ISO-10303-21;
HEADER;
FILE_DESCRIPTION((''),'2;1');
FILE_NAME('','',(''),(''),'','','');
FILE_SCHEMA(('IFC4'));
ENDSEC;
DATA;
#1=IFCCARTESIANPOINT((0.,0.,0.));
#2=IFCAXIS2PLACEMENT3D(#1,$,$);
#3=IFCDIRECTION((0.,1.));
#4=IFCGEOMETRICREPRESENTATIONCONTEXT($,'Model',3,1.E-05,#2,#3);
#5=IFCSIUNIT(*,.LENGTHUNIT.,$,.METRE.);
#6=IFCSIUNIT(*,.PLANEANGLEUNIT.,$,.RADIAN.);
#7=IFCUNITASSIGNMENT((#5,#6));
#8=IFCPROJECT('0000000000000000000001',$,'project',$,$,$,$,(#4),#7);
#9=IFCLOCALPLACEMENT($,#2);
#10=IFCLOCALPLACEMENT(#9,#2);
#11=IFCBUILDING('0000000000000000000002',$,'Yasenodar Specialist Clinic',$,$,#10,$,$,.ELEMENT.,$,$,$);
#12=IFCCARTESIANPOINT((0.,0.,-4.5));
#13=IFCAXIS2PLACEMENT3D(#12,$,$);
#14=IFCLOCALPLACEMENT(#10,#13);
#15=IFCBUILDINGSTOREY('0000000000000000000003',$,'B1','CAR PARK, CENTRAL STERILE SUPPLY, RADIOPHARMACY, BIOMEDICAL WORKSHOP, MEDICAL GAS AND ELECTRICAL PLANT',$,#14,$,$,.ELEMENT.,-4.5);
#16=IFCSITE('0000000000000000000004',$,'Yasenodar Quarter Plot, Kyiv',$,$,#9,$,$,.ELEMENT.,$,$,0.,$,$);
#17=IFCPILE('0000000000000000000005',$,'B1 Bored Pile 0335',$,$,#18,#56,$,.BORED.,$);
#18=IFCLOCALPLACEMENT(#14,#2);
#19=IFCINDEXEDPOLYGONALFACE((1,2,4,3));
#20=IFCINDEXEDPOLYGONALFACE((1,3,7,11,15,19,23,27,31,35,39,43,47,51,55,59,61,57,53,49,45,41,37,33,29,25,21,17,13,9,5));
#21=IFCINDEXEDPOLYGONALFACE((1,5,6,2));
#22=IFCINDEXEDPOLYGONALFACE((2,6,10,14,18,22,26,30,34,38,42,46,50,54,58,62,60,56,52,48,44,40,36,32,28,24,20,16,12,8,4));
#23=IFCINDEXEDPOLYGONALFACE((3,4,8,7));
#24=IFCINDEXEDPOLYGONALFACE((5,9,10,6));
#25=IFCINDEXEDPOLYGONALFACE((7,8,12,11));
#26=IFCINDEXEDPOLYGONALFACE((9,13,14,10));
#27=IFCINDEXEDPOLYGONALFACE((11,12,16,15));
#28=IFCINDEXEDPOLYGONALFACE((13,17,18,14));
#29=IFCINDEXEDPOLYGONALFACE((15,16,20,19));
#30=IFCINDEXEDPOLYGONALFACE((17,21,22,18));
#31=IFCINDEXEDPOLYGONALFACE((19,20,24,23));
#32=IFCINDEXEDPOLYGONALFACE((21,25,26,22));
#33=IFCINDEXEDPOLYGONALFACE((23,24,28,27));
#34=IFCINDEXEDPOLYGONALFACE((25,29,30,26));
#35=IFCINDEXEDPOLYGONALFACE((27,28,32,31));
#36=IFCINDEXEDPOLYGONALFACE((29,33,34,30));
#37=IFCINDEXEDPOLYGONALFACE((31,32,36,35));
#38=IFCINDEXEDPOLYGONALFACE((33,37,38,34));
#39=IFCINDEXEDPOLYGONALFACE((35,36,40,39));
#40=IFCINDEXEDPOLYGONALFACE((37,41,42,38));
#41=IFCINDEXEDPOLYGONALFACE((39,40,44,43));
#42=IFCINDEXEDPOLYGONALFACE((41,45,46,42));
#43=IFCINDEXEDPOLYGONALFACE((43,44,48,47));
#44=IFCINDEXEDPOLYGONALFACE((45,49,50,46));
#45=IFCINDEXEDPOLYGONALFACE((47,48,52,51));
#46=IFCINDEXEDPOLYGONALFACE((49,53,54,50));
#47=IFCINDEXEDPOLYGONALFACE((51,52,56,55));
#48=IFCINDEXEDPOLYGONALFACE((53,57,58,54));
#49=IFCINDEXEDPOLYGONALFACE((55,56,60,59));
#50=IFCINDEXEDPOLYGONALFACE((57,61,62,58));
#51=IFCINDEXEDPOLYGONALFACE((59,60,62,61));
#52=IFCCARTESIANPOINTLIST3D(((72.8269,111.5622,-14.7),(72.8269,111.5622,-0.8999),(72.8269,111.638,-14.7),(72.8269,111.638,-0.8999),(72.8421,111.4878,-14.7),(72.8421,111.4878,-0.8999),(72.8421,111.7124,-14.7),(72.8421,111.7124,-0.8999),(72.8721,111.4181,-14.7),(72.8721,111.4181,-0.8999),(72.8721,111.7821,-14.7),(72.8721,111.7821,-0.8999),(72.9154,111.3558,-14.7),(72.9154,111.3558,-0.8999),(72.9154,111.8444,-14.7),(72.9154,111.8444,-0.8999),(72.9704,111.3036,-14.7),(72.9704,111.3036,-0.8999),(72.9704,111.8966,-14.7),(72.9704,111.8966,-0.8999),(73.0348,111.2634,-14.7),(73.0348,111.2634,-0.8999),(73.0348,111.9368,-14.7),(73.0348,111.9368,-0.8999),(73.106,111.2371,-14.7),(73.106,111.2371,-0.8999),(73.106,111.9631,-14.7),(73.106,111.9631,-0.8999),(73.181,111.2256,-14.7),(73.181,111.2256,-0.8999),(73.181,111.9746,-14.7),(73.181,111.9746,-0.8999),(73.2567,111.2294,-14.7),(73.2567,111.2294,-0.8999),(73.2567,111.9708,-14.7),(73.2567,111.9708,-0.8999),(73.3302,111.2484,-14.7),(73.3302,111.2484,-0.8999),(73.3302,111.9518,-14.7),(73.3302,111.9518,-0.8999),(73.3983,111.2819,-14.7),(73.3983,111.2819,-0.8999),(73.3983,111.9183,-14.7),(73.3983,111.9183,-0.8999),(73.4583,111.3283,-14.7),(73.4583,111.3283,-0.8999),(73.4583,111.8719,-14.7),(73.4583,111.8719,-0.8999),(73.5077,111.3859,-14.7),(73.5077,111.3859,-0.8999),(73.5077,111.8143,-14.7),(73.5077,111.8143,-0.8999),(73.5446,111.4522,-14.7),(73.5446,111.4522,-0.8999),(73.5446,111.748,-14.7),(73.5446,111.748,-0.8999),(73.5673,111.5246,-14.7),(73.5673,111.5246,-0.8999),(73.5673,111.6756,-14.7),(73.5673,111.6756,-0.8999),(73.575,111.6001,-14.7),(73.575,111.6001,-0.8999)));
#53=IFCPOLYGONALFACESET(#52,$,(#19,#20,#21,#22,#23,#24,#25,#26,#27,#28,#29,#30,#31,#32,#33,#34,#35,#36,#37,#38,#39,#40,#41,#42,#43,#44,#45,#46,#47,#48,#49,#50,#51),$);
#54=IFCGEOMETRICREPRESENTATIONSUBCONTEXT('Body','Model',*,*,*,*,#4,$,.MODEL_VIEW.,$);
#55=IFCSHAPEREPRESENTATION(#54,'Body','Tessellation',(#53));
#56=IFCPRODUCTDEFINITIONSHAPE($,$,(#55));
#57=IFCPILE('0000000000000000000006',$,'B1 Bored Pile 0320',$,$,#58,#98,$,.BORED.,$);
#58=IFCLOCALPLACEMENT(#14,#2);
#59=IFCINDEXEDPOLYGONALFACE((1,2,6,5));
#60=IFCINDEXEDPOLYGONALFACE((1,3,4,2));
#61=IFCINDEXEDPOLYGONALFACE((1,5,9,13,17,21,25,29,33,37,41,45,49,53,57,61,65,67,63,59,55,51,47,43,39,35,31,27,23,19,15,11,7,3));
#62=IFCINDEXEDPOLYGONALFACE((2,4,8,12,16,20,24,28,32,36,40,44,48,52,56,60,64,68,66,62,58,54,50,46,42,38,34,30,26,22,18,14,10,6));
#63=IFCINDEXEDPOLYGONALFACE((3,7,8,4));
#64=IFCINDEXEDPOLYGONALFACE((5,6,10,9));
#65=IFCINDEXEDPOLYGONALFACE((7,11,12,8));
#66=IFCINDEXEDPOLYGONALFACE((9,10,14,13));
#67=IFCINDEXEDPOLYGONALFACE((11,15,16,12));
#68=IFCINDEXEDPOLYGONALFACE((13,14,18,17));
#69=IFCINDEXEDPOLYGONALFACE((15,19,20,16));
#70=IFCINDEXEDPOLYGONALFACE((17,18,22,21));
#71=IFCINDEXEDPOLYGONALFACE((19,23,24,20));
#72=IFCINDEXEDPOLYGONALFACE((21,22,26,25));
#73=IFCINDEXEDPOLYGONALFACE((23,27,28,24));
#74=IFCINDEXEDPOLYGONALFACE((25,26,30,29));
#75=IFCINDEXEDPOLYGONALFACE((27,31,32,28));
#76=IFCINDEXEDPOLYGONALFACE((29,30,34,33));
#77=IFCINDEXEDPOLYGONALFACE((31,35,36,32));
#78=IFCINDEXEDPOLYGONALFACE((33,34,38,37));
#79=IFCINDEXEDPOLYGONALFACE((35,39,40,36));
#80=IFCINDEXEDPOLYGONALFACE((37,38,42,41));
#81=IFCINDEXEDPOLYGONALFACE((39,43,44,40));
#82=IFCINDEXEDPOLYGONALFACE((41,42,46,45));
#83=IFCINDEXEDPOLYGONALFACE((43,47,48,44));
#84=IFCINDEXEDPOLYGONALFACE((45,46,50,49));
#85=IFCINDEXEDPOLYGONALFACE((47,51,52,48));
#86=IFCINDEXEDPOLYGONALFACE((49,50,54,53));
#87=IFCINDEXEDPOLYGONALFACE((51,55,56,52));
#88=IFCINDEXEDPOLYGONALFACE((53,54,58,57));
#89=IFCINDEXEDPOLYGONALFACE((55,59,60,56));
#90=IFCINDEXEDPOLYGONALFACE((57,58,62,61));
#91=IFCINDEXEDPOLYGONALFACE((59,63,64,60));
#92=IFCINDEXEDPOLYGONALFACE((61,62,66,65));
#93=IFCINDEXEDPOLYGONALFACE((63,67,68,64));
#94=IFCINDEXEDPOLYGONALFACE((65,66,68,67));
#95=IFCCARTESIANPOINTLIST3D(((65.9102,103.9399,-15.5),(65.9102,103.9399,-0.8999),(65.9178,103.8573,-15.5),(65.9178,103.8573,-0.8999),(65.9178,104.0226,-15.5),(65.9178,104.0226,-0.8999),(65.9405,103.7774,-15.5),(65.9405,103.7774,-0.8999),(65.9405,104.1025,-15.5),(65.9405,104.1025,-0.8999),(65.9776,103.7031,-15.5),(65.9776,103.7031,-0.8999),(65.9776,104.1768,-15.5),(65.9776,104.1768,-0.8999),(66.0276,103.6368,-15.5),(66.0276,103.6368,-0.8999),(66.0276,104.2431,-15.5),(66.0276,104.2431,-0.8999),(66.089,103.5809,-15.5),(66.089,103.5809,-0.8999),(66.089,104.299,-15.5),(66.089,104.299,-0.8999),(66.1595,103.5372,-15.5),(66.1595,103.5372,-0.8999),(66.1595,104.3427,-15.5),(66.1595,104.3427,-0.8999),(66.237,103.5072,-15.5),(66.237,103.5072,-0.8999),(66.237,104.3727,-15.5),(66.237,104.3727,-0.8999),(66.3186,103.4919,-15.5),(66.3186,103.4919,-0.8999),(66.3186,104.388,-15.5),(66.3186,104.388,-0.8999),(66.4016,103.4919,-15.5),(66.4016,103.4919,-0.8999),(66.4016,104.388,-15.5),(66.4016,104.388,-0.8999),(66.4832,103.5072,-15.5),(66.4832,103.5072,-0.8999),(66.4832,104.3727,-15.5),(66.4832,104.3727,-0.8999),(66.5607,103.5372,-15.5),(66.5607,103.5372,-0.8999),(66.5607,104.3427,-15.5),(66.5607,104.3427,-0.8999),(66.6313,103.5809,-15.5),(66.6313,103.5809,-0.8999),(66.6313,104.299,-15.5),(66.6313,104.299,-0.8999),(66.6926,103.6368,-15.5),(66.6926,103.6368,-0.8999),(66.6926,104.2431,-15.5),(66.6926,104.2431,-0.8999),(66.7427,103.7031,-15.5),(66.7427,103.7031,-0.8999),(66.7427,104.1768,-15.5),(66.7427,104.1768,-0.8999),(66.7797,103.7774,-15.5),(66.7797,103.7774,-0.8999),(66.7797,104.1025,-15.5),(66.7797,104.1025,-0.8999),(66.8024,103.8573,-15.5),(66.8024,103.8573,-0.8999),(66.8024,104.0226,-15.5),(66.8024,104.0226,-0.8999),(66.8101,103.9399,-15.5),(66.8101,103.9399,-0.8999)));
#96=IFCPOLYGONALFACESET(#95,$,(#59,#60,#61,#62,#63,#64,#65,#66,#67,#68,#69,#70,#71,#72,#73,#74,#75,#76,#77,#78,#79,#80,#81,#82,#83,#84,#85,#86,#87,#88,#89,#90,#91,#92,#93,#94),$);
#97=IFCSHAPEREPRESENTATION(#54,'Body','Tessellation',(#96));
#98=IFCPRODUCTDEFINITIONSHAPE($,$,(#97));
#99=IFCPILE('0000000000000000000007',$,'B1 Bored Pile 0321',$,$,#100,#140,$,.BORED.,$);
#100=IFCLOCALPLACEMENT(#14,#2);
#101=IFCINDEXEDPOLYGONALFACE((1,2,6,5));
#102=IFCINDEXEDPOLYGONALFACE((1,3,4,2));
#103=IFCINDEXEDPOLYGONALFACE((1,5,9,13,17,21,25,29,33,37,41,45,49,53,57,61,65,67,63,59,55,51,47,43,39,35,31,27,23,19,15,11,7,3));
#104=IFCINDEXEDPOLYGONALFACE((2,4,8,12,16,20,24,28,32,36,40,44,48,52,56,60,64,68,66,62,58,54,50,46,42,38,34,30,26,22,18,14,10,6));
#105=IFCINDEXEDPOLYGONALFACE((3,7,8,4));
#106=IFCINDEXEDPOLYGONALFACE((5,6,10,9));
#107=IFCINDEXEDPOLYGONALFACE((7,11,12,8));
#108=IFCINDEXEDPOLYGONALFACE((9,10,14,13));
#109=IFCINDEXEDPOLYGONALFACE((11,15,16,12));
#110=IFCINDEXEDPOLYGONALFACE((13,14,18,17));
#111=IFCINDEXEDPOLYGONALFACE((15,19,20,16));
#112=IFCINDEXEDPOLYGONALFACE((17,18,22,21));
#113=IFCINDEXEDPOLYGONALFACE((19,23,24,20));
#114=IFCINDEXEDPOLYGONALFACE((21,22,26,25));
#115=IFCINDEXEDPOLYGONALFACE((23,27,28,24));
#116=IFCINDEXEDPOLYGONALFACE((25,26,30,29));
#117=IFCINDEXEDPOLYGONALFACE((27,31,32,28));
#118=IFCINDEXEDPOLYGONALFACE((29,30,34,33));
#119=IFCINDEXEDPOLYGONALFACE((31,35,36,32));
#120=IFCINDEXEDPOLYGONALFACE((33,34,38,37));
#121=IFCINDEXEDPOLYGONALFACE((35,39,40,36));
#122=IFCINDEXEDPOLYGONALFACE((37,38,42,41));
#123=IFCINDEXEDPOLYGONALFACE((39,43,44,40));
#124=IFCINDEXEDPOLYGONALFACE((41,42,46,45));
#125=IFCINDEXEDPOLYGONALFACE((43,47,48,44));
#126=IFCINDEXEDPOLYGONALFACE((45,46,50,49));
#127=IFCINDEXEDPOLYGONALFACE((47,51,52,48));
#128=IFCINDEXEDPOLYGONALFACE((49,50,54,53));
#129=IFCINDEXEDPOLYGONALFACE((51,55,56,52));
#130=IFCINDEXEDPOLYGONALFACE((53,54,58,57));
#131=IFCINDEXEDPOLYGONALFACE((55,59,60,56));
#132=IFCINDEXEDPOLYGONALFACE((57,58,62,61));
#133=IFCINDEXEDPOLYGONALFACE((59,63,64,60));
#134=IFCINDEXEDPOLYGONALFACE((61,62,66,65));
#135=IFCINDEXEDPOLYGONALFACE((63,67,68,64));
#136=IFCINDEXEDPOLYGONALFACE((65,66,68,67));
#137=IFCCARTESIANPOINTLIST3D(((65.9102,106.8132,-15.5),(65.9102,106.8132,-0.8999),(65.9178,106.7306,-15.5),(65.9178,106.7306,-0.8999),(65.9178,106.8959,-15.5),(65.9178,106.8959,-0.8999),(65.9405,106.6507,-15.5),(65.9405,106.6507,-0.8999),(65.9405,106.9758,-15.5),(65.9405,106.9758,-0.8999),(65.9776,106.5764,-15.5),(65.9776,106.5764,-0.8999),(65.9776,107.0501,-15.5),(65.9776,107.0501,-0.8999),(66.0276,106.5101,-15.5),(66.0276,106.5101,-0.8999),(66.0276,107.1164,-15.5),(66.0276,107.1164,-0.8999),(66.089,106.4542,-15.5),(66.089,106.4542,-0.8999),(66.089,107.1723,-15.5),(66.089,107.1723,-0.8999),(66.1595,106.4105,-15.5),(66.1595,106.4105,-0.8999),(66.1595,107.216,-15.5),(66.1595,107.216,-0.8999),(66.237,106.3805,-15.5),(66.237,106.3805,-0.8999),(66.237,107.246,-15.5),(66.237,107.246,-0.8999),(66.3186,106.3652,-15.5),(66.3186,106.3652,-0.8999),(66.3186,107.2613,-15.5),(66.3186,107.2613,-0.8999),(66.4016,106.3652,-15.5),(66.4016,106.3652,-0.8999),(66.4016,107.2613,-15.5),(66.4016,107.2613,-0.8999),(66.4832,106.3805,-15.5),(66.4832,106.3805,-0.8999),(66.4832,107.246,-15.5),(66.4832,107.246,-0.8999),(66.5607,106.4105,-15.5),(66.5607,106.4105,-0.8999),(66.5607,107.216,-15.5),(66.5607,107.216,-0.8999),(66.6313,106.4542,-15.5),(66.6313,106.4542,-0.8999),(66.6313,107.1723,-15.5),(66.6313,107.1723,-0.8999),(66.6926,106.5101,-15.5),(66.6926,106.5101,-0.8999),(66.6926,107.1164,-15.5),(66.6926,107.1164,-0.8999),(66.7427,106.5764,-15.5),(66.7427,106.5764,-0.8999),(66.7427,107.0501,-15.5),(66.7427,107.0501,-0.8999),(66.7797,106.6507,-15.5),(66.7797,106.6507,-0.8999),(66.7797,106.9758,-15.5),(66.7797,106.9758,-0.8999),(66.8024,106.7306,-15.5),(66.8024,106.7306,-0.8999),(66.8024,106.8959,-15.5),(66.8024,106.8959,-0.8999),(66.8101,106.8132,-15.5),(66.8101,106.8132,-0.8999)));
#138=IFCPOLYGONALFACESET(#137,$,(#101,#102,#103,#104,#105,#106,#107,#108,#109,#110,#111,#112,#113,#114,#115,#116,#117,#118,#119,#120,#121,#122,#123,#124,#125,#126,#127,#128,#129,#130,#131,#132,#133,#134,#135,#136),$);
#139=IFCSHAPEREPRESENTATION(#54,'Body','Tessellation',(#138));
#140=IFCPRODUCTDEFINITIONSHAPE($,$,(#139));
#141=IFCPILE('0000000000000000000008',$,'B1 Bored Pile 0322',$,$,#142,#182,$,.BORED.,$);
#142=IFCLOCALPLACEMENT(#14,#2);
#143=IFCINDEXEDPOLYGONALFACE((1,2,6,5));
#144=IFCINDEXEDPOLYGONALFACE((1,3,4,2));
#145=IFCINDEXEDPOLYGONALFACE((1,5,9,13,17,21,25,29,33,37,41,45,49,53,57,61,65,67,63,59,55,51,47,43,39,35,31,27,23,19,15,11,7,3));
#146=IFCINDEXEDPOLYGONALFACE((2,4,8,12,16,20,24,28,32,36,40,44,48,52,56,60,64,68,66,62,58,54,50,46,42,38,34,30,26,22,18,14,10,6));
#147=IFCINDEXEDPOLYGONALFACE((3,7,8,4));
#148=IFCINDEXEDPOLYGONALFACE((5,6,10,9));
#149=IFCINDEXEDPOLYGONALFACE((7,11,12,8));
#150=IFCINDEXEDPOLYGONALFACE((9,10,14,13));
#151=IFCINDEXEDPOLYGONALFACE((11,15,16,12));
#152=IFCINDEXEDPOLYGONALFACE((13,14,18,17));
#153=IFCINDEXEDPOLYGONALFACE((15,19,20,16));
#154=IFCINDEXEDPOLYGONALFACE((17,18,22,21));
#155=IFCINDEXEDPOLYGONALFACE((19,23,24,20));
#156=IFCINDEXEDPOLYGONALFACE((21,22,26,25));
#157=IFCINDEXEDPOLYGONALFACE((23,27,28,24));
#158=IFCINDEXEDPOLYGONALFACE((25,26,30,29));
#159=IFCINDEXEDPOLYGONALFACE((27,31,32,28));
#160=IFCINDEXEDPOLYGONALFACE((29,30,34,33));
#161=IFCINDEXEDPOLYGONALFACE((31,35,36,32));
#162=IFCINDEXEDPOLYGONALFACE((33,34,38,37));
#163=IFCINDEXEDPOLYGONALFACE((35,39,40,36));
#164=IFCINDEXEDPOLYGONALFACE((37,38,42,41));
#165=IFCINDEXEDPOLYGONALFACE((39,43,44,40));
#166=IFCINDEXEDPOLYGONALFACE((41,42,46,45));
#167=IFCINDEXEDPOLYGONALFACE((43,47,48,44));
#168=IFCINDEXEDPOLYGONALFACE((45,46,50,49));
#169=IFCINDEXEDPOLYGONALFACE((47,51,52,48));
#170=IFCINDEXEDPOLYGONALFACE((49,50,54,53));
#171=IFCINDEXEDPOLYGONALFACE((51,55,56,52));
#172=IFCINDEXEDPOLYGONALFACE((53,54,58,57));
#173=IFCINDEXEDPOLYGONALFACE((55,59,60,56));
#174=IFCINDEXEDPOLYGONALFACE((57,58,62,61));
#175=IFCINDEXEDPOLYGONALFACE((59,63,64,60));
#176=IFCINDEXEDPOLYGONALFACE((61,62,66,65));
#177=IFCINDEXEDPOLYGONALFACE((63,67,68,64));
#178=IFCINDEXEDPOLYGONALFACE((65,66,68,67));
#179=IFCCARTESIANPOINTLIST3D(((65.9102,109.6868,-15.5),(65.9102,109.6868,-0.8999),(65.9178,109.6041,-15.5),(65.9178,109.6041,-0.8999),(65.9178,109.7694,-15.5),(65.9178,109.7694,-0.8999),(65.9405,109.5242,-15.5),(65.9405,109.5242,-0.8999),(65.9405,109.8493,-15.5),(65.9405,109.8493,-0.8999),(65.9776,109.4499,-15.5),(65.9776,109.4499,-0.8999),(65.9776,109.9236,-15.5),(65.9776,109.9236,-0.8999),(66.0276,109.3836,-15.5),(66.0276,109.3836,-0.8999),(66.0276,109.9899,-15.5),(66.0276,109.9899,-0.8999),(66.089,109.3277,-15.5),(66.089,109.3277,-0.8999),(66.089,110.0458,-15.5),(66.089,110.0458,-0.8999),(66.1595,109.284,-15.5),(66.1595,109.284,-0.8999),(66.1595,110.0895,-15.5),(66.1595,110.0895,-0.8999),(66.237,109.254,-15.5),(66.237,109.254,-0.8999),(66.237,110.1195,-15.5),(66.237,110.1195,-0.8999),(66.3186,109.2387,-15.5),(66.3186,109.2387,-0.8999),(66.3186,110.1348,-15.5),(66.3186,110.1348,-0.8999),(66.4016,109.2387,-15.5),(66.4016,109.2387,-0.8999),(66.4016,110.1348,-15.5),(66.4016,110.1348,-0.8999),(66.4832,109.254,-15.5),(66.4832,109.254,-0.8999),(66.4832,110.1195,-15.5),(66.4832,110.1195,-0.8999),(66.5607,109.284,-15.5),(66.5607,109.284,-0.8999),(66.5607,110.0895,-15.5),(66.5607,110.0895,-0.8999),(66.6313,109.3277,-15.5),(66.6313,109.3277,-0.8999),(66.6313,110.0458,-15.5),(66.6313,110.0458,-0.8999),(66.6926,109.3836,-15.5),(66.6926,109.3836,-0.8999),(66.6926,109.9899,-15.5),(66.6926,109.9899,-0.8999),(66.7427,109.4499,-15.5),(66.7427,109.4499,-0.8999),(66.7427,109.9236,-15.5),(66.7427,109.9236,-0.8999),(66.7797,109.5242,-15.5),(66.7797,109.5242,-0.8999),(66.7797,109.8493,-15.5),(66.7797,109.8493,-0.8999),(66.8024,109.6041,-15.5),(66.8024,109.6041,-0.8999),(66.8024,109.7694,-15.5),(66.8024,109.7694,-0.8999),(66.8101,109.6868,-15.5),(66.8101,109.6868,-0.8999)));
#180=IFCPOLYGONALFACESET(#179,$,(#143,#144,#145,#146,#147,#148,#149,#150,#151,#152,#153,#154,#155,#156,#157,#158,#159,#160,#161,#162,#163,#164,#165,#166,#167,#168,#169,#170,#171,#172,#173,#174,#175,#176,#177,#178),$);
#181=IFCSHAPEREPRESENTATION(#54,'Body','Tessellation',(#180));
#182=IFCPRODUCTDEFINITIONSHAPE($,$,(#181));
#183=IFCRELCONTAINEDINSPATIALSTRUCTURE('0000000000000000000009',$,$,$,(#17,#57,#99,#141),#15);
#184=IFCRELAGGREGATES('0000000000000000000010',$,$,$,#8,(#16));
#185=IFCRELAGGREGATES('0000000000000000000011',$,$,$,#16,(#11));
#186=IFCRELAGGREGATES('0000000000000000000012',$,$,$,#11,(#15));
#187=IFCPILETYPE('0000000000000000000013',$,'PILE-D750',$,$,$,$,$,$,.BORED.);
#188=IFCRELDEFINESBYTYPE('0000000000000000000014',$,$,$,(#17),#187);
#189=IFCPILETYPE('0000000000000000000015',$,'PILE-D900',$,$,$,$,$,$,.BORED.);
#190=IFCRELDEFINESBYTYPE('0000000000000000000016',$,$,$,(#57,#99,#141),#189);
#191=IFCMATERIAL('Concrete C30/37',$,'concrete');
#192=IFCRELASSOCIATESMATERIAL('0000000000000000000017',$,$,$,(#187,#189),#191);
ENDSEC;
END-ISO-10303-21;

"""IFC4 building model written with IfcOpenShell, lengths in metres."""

from ifc_helpers import new_model, si_unit, direction, frame, origin, origin_2d, place, context, subcontext, project, spatial, circle, extrude, material, material_profile, profile_set, type_object, element, save


model = new_model("IFC4")

# Units and contexts
model_context = context("Model", 3, precision=1e-05, world=origin(), true_north=direction((0.0, 1.0)))
body_context = subcontext(model_context, "Body", "Model", "MODEL_VIEW")
ifc_project = project(units=[si_unit("LENGTHUNIT", "METRE"), si_unit("PLANEANGLEUNIT", "RADIAN")], contexts=[model_context])

# Site, building, storey
site_placement = place(None, origin())
site = spatial("IfcSite", under=ifc_project, at=site_placement, Name="Yasenodar Quarter Plot, Kyiv", CompositionType="ELEMENT", RefElevation=0.0)
building_placement = place(site_placement, origin())
building = spatial("IfcBuilding", under=site, at=building_placement, Name="Yasenodar Specialist Clinic", CompositionType="ELEMENT")
storey_placement = place(building_placement, frame((0.0, 0.0, -4.5)))
storey = spatial("IfcBuildingStorey", under=building, at=storey_placement, Name="B1", Description="CAR PARK, CENTRAL STERILE SUPPLY, RADIOPHARMACY, BIOMEDICAL WORKSHOP, MEDICAL GAS AND ELECTRICAL PLANT", CompositionType="ELEMENT", Elevation=-4.5)

# Piles
ifc_material_1 = material(Name="Concrete C30/37", Category="concrete")
ifc_material_profile_1 = material_profile(ifc_material_1, circle(Radius=0.375, at=origin_2d()), Name="PILE D750")
ifc_profile_set_1 = profile_set([ifc_material_profile_1], Name="Concrete C30/37")
pile_type_1 = type_object("IfcPileType", Name="PILE-D750", PredefinedType="BORED", material=ifc_profile_set_1)
for number, where, z_axis, x_axis, name in (
    (1, (73.2, 111.6001, -0.8999), (0.0, 0.0, -1.0), (1.0, 0.0, 0.0), "B1 Bored Pile 0335"),
):
    element("IfcPile", number, at=place(storey_placement, frame(where, z_axis=z_axis, x_axis=x_axis)), inside=storey, type_object=pile_type_1, Name=name, PredefinedType="BORED", context=body_context, shape_type="SweptSolid", body=[
        extrude(circle(Radius=0.375, at=origin_2d()), origin(), (0.0, 0.0, 1.0), 13.8),
    ])
ifc_material_profile_2 = material_profile(ifc_material_1, circle(Radius=0.45, at=origin_2d()), Name="PILE D900")
ifc_profile_set_2 = profile_set([ifc_material_profile_2], Name="Concrete C30/37")
pile_type_2 = type_object("IfcPileType", Name="PILE-D900", PredefinedType="BORED", material=ifc_profile_set_2)
for number, where, z_axis, x_axis, name in (
    (2, (66.3601, 103.9399, -0.8999), (0.0, 0.0, -1.0), (1.0, 0.0, 0.0), "B1 Bored Pile 0320"),
    (3, (66.3601, 106.8132, -0.8999), (0.0, 0.0, -1.0), (1.0, 0.0, 0.0), "B1 Bored Pile 0321"),
    (4, (66.3601, 109.6868, -0.8999), (0.0, 0.0, -1.0), (1.0, 0.0, 0.0), "B1 Bored Pile 0322"),
):
    element("IfcPile", number, at=place(storey_placement, frame(where, z_axis=z_axis, x_axis=x_axis)), inside=storey, type_object=pile_type_2, Name=name, PredefinedType="BORED", context=body_context, shape_type="SweptSolid", body=[
        extrude(circle(Radius=0.45, at=origin_2d()), origin(), (0.0, 0.0, 1.0), 14.6001),
    ])

save(model, "model.ifc")
